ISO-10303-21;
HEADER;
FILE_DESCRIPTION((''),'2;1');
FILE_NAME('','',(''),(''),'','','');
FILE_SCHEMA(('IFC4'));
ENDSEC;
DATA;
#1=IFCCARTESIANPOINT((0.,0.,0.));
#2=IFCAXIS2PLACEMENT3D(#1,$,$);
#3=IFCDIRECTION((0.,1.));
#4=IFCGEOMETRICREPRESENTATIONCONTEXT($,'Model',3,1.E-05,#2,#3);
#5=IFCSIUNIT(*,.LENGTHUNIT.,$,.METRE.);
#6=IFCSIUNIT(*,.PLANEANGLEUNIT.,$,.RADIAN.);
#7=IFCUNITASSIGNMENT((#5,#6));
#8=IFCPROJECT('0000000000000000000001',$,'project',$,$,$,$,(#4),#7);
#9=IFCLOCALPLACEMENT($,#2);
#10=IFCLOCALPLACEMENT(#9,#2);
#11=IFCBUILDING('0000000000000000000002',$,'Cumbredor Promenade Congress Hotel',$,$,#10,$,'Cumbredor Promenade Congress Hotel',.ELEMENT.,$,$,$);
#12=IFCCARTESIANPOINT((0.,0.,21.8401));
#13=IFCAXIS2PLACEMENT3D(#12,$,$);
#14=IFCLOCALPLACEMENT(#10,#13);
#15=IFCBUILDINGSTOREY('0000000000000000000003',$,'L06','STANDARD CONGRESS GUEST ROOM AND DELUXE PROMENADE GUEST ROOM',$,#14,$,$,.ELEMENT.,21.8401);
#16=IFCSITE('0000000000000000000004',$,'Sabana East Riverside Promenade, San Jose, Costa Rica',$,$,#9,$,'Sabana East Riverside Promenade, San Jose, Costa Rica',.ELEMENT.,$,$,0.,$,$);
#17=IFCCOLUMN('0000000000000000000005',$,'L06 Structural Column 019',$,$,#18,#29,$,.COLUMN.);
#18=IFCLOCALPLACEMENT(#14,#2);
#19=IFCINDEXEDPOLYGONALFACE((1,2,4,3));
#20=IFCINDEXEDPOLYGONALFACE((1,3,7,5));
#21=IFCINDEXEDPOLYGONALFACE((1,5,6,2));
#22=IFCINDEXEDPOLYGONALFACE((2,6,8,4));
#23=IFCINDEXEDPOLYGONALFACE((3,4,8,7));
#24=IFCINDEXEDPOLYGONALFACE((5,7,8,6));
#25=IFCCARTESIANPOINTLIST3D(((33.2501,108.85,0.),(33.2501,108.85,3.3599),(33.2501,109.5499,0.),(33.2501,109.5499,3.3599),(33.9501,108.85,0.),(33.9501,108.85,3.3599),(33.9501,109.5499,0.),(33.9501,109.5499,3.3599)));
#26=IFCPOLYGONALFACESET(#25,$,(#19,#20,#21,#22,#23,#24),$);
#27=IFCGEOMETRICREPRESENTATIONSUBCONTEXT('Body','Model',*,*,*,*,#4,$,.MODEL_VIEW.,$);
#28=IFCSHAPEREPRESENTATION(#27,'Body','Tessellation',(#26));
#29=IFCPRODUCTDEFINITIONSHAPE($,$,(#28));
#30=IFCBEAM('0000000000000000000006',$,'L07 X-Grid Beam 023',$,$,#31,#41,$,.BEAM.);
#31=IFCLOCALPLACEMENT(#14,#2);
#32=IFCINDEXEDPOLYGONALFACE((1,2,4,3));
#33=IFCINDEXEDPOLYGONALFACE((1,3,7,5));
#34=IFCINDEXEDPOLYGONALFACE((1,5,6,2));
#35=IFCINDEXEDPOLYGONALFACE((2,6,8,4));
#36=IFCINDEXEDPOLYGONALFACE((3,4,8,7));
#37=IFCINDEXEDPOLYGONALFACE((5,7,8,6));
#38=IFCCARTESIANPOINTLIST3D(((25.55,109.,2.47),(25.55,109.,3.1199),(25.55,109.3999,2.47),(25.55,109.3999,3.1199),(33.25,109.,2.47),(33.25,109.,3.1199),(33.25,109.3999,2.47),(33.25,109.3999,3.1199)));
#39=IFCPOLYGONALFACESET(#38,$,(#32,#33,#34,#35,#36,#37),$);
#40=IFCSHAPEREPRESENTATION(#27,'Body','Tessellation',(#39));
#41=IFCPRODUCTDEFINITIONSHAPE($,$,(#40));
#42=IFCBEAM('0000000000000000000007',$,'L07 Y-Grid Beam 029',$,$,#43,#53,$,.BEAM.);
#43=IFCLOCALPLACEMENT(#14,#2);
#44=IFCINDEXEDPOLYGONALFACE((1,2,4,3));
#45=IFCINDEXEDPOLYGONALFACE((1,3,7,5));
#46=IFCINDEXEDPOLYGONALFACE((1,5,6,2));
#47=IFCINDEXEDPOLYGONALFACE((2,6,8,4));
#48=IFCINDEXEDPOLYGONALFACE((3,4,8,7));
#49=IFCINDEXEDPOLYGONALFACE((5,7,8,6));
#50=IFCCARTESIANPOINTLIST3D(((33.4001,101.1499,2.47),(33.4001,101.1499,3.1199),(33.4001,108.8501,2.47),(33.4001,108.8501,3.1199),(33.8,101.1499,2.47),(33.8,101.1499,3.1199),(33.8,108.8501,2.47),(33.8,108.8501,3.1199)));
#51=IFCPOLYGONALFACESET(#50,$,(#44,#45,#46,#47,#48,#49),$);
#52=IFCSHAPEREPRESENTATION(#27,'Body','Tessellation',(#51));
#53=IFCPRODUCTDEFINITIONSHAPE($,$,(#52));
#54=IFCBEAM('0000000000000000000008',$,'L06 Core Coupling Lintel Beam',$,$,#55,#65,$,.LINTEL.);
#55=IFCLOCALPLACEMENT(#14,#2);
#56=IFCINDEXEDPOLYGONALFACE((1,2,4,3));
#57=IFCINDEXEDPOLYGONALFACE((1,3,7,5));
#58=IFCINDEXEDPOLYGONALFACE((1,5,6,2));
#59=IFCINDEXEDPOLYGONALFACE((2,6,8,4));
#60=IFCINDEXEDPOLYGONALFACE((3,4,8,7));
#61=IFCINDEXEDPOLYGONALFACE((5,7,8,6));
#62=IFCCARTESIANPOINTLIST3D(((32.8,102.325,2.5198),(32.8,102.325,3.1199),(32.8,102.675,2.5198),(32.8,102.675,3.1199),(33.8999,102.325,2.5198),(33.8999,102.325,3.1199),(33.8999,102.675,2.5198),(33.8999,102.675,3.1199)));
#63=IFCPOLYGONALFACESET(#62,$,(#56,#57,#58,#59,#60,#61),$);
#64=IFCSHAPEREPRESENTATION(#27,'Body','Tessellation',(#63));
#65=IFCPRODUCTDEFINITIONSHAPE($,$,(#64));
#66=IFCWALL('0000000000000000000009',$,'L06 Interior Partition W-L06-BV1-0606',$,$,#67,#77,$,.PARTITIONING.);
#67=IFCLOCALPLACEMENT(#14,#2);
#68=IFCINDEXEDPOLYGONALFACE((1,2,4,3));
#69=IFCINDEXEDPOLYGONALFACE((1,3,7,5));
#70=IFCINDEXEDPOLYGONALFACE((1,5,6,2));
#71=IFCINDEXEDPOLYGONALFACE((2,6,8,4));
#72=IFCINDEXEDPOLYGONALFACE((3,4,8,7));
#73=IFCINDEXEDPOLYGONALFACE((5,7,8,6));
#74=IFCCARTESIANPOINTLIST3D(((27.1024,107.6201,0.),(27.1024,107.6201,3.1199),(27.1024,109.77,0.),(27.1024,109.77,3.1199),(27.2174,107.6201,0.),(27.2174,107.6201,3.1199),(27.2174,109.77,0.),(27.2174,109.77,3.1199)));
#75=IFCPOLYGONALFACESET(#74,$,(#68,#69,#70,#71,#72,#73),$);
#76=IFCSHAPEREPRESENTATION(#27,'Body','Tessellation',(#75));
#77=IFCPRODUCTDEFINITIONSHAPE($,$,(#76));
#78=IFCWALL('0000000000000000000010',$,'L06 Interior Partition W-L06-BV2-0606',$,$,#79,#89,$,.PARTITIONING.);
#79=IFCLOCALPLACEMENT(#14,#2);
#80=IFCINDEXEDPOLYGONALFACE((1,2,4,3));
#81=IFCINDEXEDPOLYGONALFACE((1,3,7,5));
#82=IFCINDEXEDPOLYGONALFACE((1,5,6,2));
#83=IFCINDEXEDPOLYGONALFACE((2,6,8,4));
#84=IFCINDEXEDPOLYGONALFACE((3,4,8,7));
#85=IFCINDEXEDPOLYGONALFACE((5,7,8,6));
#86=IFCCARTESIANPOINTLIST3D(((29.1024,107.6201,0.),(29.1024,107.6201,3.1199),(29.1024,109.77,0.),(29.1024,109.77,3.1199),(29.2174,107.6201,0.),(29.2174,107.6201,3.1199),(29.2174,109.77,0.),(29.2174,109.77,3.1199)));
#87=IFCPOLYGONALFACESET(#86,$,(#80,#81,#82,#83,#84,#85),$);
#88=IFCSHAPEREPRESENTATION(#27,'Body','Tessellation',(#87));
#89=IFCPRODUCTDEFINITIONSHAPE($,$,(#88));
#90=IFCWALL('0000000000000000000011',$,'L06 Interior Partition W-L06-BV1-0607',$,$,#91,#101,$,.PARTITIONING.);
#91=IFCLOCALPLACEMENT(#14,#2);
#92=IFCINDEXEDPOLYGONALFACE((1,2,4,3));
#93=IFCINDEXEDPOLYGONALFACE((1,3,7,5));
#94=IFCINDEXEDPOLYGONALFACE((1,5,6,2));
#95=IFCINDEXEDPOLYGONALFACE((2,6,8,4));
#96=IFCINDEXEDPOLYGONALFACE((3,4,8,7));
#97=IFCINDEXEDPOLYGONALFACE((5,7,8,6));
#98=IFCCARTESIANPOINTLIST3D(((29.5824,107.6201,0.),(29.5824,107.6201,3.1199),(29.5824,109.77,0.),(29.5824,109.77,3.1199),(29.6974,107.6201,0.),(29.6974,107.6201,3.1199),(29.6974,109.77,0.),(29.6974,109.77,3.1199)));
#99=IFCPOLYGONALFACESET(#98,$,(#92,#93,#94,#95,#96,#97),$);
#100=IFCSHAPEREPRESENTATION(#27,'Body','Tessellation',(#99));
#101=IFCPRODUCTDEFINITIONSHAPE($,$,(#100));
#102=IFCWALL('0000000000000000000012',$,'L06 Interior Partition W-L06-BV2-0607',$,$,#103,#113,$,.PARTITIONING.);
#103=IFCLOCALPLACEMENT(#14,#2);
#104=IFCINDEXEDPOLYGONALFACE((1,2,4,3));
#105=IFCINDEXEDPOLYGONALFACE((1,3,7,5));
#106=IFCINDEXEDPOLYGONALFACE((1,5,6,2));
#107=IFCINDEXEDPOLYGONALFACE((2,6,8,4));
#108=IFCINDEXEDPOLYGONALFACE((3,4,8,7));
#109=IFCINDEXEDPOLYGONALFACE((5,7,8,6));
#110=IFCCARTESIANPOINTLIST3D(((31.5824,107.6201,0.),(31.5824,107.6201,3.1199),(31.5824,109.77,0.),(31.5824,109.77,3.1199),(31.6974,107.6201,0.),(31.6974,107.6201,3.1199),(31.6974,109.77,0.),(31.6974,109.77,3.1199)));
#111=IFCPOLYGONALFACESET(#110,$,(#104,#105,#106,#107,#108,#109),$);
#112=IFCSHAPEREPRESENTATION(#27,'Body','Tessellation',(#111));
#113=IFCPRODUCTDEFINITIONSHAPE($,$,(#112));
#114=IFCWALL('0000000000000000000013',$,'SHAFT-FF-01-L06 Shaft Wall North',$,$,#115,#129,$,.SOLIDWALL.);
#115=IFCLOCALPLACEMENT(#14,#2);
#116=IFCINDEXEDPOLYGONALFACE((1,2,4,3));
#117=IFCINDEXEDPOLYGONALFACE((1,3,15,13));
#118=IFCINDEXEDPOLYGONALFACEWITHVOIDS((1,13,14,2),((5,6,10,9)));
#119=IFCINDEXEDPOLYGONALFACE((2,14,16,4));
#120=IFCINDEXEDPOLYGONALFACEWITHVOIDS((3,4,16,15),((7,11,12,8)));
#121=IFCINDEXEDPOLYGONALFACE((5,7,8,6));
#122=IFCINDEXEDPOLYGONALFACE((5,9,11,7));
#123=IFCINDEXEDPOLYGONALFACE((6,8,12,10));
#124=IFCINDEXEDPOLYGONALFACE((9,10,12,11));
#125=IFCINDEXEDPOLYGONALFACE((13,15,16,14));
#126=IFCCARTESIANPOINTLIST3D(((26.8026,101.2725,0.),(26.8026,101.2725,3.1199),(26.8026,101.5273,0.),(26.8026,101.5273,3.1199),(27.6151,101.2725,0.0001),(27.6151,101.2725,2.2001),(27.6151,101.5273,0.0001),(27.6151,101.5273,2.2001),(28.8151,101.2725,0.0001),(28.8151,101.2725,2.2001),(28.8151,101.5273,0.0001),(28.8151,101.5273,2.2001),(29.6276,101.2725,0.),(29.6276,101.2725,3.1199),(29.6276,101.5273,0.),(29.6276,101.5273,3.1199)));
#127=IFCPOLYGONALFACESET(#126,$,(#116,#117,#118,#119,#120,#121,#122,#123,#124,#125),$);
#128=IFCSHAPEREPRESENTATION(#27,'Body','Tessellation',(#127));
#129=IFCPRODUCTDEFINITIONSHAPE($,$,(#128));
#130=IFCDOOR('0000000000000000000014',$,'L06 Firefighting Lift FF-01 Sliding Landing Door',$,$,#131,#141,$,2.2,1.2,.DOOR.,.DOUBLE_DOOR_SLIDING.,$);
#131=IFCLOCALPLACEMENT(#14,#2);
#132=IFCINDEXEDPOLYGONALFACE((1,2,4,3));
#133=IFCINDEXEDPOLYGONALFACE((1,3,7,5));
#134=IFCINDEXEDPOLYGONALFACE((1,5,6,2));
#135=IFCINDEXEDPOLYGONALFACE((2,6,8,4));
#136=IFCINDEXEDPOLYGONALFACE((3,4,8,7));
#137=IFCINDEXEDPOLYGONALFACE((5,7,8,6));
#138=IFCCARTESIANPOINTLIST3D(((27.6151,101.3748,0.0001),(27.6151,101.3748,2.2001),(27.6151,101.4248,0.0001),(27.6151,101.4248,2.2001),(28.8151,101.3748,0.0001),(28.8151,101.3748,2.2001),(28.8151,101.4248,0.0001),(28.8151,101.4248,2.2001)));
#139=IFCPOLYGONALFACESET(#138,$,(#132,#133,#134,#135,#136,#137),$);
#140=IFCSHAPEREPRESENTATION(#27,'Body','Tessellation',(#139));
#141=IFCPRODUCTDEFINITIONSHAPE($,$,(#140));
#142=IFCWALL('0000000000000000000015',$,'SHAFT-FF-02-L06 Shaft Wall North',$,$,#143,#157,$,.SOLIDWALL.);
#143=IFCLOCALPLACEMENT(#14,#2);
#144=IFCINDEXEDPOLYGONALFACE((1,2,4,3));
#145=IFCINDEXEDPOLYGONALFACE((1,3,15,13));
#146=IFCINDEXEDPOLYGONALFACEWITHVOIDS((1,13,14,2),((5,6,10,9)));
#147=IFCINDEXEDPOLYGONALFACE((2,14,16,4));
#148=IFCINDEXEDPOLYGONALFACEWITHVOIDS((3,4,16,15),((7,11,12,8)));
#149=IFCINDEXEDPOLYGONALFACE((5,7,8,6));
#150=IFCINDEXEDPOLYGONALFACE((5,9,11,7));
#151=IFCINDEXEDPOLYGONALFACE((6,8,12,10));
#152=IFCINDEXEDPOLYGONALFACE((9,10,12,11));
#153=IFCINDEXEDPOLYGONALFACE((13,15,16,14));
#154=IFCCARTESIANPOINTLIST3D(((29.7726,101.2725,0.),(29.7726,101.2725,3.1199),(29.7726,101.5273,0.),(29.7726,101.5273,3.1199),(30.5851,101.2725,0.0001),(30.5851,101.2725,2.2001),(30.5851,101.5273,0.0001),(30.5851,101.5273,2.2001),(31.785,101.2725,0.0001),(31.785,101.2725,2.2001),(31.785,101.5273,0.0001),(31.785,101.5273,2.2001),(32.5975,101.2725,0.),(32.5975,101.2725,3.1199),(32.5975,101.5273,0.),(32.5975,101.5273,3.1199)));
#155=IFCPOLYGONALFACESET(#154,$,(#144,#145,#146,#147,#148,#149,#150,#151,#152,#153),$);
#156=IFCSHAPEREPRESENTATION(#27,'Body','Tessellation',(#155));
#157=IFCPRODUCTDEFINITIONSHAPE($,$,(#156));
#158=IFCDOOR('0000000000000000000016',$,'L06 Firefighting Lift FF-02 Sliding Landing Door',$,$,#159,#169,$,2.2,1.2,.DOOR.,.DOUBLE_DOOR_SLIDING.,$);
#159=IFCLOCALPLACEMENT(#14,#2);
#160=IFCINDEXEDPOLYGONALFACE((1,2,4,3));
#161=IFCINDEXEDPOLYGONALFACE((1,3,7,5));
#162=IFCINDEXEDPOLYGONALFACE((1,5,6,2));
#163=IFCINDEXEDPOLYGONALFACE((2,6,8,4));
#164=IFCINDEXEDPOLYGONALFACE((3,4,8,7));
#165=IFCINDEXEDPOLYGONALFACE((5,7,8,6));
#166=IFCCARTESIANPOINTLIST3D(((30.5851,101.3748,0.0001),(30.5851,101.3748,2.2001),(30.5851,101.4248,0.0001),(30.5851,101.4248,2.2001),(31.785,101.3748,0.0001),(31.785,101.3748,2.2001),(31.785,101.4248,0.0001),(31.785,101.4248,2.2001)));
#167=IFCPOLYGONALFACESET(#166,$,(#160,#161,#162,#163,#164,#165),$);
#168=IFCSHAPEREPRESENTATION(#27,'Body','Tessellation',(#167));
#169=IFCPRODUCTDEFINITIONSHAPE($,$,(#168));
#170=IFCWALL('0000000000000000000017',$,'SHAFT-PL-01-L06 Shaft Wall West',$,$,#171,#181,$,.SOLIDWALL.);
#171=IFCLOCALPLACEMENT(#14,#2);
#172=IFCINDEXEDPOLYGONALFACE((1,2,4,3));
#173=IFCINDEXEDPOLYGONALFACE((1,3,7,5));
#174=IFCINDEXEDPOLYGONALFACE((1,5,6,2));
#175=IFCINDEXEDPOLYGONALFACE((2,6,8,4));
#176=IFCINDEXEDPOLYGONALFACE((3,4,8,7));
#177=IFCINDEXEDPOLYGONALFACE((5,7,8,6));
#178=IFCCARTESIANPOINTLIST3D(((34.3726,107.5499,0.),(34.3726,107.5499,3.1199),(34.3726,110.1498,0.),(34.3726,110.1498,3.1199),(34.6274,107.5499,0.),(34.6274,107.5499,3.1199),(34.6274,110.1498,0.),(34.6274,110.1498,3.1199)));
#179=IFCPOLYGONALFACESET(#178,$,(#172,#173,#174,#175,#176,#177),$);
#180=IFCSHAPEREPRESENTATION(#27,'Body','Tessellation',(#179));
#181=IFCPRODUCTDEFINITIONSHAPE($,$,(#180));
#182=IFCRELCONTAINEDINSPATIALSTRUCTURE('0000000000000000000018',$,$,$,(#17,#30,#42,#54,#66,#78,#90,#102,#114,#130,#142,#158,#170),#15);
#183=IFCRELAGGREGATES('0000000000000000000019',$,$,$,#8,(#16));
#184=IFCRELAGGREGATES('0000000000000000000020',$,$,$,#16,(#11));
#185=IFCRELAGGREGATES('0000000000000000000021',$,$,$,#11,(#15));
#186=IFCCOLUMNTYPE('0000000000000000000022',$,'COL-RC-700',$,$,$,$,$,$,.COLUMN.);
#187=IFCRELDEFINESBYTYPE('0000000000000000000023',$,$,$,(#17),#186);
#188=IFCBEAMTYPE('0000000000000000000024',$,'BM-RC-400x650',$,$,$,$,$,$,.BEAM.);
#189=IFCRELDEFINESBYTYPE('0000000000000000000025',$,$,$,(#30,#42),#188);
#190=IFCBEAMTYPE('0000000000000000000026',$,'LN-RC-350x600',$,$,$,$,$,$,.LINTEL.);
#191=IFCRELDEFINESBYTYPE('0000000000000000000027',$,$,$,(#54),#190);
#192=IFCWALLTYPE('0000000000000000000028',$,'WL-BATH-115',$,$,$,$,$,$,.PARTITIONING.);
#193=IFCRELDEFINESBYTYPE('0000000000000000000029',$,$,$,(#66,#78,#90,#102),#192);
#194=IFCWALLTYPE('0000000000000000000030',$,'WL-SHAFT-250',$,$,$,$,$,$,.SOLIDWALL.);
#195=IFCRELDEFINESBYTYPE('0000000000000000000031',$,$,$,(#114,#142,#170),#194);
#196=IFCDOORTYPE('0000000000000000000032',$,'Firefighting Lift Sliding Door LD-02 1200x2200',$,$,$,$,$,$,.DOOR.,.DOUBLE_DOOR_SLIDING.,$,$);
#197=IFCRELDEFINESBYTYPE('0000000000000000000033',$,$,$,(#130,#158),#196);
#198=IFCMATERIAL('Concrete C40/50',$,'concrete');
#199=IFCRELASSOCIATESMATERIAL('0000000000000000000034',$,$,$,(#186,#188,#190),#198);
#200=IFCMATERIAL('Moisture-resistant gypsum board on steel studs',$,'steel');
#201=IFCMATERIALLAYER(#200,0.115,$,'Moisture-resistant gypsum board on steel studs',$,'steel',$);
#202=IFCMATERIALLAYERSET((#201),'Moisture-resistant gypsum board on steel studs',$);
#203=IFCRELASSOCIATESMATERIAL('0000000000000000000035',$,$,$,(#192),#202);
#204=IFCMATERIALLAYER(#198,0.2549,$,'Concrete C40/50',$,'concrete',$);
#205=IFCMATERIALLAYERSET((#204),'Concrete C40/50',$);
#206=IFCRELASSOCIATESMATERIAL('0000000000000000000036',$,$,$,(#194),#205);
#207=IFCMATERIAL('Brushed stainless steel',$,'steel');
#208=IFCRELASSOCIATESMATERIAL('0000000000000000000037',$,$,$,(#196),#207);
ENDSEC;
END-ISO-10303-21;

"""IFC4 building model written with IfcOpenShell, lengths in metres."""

from ifc_helpers import new_model, si_unit, direction, frame, frame_2d, origin, origin_2d, place, context, subcontext, project, spatial, rectangle, extrude, material, layer, layer_set, material_profile, profile_set, type_object, element, fill, save


model = new_model("IFC4")

# Units and contexts
model_context = context("Model", 3, precision=1e-05, world=origin(), true_north=direction((0.0, 1.0)))
body_context = subcontext(model_context, "Body", "Model", "MODEL_VIEW")
ifc_project = project(units=[si_unit("LENGTHUNIT", "METRE"), si_unit("PLANEANGLEUNIT", "RADIAN")], contexts=[model_context])

# Site, building, storey
site_placement = place(None, origin())
site = spatial("IfcSite", under=ifc_project, at=site_placement, Name="Sabana East Riverside Promenade, San Jose, Costa Rica", LongName="Sabana East Riverside Promenade, San Jose, Costa Rica", CompositionType="ELEMENT", RefElevation=0.0)
building_placement = place(site_placement, origin())
building = spatial("IfcBuilding", under=site, at=building_placement, Name="Cumbredor Promenade Congress Hotel", LongName="Cumbredor Promenade Congress Hotel", CompositionType="ELEMENT")
storey_placement = place(building_placement, frame((0.0, 0.0, 21.8401)))
storey = spatial("IfcBuildingStorey", under=building, at=storey_placement, Name="L06", Description="STANDARD CONGRESS GUEST ROOM AND DELUXE PROMENADE GUEST ROOM", CompositionType="ELEMENT", Elevation=21.8401)

# Column
ifc_material_1 = material(Name="Concrete C40/50", Category="concrete")
ifc_material_profile_1 = material_profile(ifc_material_1, rectangle(XDim=0.7, YDim=0.7, at=origin_2d()), Name="RC 700x700")
ifc_profile_set_1 = profile_set([ifc_material_profile_1], Name="Concrete C40/50")
column_type = type_object("IfcColumnType", Name="COL-RC-700", PredefinedType="COLUMN", material=ifc_profile_set_1)
column_placement = place(storey_placement, frame((33.6001, 109.2, 0.0), z_axis=(0.0, 0.0, 1.0), x_axis=(1.0, 0.0, 0.0)))
element("IfcColumn", 1, at=column_placement, inside=storey, type_object=column_type, Name="L06 Structural Column 019", PredefinedType="COLUMN", context=body_context, shape_type="SweptSolid", body=[
    extrude(rectangle(XDim=0.7, YDim=0.7, at=origin_2d()), origin(), (0.0, 0.0, 1.0), 3.3599),
])

# Beams
ifc_material_profile_2 = material_profile(ifc_material_1, rectangle(XDim=0.3999, YDim=0.6499, at=origin_2d()), Name="RC BEAM 400x650")
ifc_profile_set_2 = profile_set([ifc_material_profile_2], Name="Concrete C40/50")
beam_type_1 = type_object("IfcBeamType", Name="BM-RC-400x650", PredefinedType="BEAM", material=ifc_profile_set_2)
beam_1_placement = place(storey_placement, frame((25.55, 109.2, 2.7949), z_axis=(1.0, 0.0, 0.0), x_axis=(0.0, 1.0, 0.0)))
element("IfcBeam", 2, at=beam_1_placement, inside=storey, type_object=beam_type_1, Name="L07 X-Grid Beam 023", PredefinedType="BEAM", context=body_context, shape_type="SweptSolid", body=[
    extrude(rectangle(XDim=0.3999, YDim=0.6499, at=origin_2d()), origin(), (0.0, 0.0, 1.0), 7.7),
])
beam_2_placement = place(storey_placement, frame((33.6001, 101.1499, 2.7949), z_axis=(0.0, 1.0, 0.0), x_axis=(-1.0, 0.0, 0.0)))
element("IfcBeam", 3, at=beam_2_placement, inside=storey, type_object=beam_type_1, Name="L07 Y-Grid Beam 029", PredefinedType="BEAM", context=body_context, shape_type="SweptSolid", body=[
    extrude(rectangle(XDim=0.3999, YDim=0.6499, at=origin_2d()), origin(), (0.0, 0.0, 1.0), 7.7002),
])
ifc_material_profile_3 = material_profile(ifc_material_1, rectangle(XDim=0.3501, YDim=0.6001, at=origin_2d()), Name="RC LINTEL 350x600")
ifc_profile_set_3 = profile_set([ifc_material_profile_3], Name="Concrete C40/50")
beam_type_2 = type_object("IfcBeamType", Name="LN-RC-350x600", PredefinedType="LINTEL", material=ifc_profile_set_3)
beam_3_placement = place(storey_placement, frame((32.8, 102.5, 2.8198), z_axis=(1.0, 0.0, 0.0), x_axis=(0.0, 1.0, 0.0)))
element("IfcBeam", 4, at=beam_3_placement, inside=storey, type_object=beam_type_2, Name="L06 Core Coupling Lintel Beam", PredefinedType="LINTEL", context=body_context, shape_type="SweptSolid", body=[
    extrude(rectangle(XDim=0.3501, YDim=0.6001, at=origin_2d()), origin(), (0.0, 0.0, 1.0), 1.0999),
])

# Walls
ifc_material_2 = material(Name="Moisture-resistant gypsum board on steel studs", Category="steel")
ifc_layer_1 = layer(ifc_material_2, 0.115, Name="Moisture-resistant gypsum board on steel studs", Category="steel")
ifc_layer_set_1 = layer_set([ifc_layer_1], Name="Moisture-resistant gypsum board on steel studs")
wall_type_1 = type_object("IfcWallType", Name="WL-BATH-115", PredefinedType="PARTITIONING", material=ifc_layer_set_1)
for number, where, z_axis, x_axis, name in (
    (5, (27.1599, 107.6201, 0.0), (0.0, 0.0, 1.0), (0.0, 1.0, 0.0), "L06 Interior Partition W-L06-BV1-0606"),
    (6, (29.1599, 107.6201, 0.0), (0.0, 0.0, 1.0), (0.0, 1.0, 0.0), "L06 Interior Partition W-L06-BV2-0606"),
    (7, (29.6399, 107.6201, 0.0), (0.0, 0.0, 1.0), (0.0, 1.0, 0.0), "L06 Interior Partition W-L06-BV1-0607"),
    (8, (31.6399, 107.6201, 0.0), (0.0, 0.0, 1.0), (0.0, 1.0, 0.0), "L06 Interior Partition W-L06-BV2-0607"),
):
    element("IfcWall", number, at=place(storey_placement, frame(where, z_axis=z_axis, x_axis=x_axis)), inside=storey, type_object=wall_type_1, Name=name, PredefinedType="PARTITIONING", context=body_context, shape_type="SweptSolid", body=[
        extrude(rectangle(XDim=2.1499, YDim=0.115, at=frame_2d((1.075, 0.0))), origin(), (0.0, 0.0, 1.0), 3.1199),
    ])

# Walls, openings, doors
ifc_layer_2 = layer(ifc_material_1, 0.2549, Name="Concrete C40/50", Category="concrete")
ifc_layer_set_2 = layer_set([ifc_layer_2], Name="Concrete C40/50")
wall_type_2 = type_object("IfcWallType", Name="WL-SHAFT-250", PredefinedType="SOLIDWALL", material=ifc_layer_set_2)
wall_1_placement = place(storey_placement, frame((26.8025, 101.3999, 0.0), z_axis=(0.0, 0.0, 1.0), x_axis=(1.0, 0.0, 0.0)))
wall_1 = element("IfcWall", 9, at=wall_1_placement, inside=storey, type_object=wall_type_2, Name="SHAFT-FF-01-L06 Shaft Wall North", PredefinedType="SOLIDWALL", context=body_context, shape_type="SweptSolid", body=[
    extrude(rectangle(XDim=2.825, YDim=0.2549, at=frame_2d((1.4126, 0.0))), origin(), (0.0, 0.0, 1.0), 3.1199),
])
opening_1_placement = place(wall_1_placement, frame((0.8125, 0.0, 0.0)))
opening_1 = element("IfcOpeningElement", 10, at=opening_1_placement, cuts=wall_1, PredefinedType="OPENING", context=body_context, shape_type="SweptSolid", body=[
    extrude(rectangle(XDim=1.2, YDim=2.2, at=frame_2d((0.6001, 1.1001))), frame((0.0, 0.1375, 0.0), z_axis=(0.0, -1.0, 0.0), x_axis=(1.0, 0.0, 0.0)), (0.0, 0.0, 1.0), 0.2749),
])
ifc_material_3 = material(Name="Brushed stainless steel", Category="steel")
door_type_1 = type_object("IfcDoorType", Name="Firefighting Lift Sliding Door LD-02 1200x2200", OperationType="DOUBLE_DOOR_SLIDING", PredefinedType="DOOR", material=ifc_material_3)
door_1_placement = place(opening_1_placement, origin())
door_1 = element("IfcDoor", 11, at=door_1_placement, inside=storey, type_object=door_type_1, Name="L06 Firefighting Lift FF-01 Sliding Landing Door", OperationType="DOUBLE_DOOR_SLIDING", OverallHeight=2.2, OverallWidth=1.2, PredefinedType="DOOR", context=body_context, shape_type="SweptSolid", body=[
    extrude(rectangle(XDim=1.2, YDim=2.2, at=frame_2d((0.6001, 1.1001))), frame((0.0, 0.0249, 0.0), z_axis=(0.0, -1.0, 0.0), x_axis=(1.0, 0.0, 0.0)), (0.0, 0.0, 1.0), 0.05),
])
fill(opening_1, door_1)
wall_2_placement = place(storey_placement, frame((29.7725, 101.3999, 0.0), z_axis=(0.0, 0.0, 1.0), x_axis=(1.0, 0.0, 0.0)))
wall_2 = element("IfcWall", 12, at=wall_2_placement, inside=storey, type_object=wall_type_2, Name="SHAFT-FF-02-L06 Shaft Wall North", PredefinedType="SOLIDWALL", context=body_context, shape_type="SweptSolid", body=[
    extrude(rectangle(XDim=2.825, YDim=0.2549, at=frame_2d((1.4126, 0.0))), origin(), (0.0, 0.0, 1.0), 3.1199),
])
opening_2_placement = place(wall_2_placement, frame((0.8125, 0.0, 0.0)))
opening_2 = element("IfcOpeningElement", 13, at=opening_2_placement, cuts=wall_2, PredefinedType="OPENING", context=body_context, shape_type="SweptSolid", body=[
    extrude(rectangle(XDim=1.2, YDim=2.2, at=frame_2d((0.6001, 1.1001))), frame((0.0, 0.1375, 0.0), z_axis=(0.0, -1.0, 0.0), x_axis=(1.0, 0.0, 0.0)), (0.0, 0.0, 1.0), 0.2749),
])
door_2_placement = place(opening_2_placement, origin())
door_2 = element("IfcDoor", 14, at=door_2_placement, inside=storey, type_object=door_type_1, Name="L06 Firefighting Lift FF-02 Sliding Landing Door", OperationType="DOUBLE_DOOR_SLIDING", OverallHeight=2.2, OverallWidth=1.2, PredefinedType="DOOR", context=body_context, shape_type="SweptSolid", body=[
    extrude(rectangle(XDim=1.2, YDim=2.2, at=frame_2d((0.6001, 1.1001))), frame((0.0, 0.0249, 0.0), z_axis=(0.0, -1.0, 0.0), x_axis=(1.0, 0.0, 0.0)), (0.0, 0.0, 1.0), 0.05),
])
fill(opening_2, door_2)

# Wall
wall_3_placement = place(storey_placement, frame((34.5, 107.55, 0.0), z_axis=(0.0, 0.0, 1.0), x_axis=(0.0, 1.0, 0.0)))
element("IfcWall", 15, at=wall_3_placement, inside=storey, type_object=wall_type_2, Name="SHAFT-PL-01-L06 Shaft Wall West", PredefinedType="SOLIDWALL", context=body_context, shape_type="SweptSolid", body=[
    extrude(rectangle(XDim=2.5999, YDim=0.2549, at=frame_2d((1.2998, 0.0))), origin(), (0.0, 0.0, 1.0), 3.1199),
])

save(model, "model.ifc")
